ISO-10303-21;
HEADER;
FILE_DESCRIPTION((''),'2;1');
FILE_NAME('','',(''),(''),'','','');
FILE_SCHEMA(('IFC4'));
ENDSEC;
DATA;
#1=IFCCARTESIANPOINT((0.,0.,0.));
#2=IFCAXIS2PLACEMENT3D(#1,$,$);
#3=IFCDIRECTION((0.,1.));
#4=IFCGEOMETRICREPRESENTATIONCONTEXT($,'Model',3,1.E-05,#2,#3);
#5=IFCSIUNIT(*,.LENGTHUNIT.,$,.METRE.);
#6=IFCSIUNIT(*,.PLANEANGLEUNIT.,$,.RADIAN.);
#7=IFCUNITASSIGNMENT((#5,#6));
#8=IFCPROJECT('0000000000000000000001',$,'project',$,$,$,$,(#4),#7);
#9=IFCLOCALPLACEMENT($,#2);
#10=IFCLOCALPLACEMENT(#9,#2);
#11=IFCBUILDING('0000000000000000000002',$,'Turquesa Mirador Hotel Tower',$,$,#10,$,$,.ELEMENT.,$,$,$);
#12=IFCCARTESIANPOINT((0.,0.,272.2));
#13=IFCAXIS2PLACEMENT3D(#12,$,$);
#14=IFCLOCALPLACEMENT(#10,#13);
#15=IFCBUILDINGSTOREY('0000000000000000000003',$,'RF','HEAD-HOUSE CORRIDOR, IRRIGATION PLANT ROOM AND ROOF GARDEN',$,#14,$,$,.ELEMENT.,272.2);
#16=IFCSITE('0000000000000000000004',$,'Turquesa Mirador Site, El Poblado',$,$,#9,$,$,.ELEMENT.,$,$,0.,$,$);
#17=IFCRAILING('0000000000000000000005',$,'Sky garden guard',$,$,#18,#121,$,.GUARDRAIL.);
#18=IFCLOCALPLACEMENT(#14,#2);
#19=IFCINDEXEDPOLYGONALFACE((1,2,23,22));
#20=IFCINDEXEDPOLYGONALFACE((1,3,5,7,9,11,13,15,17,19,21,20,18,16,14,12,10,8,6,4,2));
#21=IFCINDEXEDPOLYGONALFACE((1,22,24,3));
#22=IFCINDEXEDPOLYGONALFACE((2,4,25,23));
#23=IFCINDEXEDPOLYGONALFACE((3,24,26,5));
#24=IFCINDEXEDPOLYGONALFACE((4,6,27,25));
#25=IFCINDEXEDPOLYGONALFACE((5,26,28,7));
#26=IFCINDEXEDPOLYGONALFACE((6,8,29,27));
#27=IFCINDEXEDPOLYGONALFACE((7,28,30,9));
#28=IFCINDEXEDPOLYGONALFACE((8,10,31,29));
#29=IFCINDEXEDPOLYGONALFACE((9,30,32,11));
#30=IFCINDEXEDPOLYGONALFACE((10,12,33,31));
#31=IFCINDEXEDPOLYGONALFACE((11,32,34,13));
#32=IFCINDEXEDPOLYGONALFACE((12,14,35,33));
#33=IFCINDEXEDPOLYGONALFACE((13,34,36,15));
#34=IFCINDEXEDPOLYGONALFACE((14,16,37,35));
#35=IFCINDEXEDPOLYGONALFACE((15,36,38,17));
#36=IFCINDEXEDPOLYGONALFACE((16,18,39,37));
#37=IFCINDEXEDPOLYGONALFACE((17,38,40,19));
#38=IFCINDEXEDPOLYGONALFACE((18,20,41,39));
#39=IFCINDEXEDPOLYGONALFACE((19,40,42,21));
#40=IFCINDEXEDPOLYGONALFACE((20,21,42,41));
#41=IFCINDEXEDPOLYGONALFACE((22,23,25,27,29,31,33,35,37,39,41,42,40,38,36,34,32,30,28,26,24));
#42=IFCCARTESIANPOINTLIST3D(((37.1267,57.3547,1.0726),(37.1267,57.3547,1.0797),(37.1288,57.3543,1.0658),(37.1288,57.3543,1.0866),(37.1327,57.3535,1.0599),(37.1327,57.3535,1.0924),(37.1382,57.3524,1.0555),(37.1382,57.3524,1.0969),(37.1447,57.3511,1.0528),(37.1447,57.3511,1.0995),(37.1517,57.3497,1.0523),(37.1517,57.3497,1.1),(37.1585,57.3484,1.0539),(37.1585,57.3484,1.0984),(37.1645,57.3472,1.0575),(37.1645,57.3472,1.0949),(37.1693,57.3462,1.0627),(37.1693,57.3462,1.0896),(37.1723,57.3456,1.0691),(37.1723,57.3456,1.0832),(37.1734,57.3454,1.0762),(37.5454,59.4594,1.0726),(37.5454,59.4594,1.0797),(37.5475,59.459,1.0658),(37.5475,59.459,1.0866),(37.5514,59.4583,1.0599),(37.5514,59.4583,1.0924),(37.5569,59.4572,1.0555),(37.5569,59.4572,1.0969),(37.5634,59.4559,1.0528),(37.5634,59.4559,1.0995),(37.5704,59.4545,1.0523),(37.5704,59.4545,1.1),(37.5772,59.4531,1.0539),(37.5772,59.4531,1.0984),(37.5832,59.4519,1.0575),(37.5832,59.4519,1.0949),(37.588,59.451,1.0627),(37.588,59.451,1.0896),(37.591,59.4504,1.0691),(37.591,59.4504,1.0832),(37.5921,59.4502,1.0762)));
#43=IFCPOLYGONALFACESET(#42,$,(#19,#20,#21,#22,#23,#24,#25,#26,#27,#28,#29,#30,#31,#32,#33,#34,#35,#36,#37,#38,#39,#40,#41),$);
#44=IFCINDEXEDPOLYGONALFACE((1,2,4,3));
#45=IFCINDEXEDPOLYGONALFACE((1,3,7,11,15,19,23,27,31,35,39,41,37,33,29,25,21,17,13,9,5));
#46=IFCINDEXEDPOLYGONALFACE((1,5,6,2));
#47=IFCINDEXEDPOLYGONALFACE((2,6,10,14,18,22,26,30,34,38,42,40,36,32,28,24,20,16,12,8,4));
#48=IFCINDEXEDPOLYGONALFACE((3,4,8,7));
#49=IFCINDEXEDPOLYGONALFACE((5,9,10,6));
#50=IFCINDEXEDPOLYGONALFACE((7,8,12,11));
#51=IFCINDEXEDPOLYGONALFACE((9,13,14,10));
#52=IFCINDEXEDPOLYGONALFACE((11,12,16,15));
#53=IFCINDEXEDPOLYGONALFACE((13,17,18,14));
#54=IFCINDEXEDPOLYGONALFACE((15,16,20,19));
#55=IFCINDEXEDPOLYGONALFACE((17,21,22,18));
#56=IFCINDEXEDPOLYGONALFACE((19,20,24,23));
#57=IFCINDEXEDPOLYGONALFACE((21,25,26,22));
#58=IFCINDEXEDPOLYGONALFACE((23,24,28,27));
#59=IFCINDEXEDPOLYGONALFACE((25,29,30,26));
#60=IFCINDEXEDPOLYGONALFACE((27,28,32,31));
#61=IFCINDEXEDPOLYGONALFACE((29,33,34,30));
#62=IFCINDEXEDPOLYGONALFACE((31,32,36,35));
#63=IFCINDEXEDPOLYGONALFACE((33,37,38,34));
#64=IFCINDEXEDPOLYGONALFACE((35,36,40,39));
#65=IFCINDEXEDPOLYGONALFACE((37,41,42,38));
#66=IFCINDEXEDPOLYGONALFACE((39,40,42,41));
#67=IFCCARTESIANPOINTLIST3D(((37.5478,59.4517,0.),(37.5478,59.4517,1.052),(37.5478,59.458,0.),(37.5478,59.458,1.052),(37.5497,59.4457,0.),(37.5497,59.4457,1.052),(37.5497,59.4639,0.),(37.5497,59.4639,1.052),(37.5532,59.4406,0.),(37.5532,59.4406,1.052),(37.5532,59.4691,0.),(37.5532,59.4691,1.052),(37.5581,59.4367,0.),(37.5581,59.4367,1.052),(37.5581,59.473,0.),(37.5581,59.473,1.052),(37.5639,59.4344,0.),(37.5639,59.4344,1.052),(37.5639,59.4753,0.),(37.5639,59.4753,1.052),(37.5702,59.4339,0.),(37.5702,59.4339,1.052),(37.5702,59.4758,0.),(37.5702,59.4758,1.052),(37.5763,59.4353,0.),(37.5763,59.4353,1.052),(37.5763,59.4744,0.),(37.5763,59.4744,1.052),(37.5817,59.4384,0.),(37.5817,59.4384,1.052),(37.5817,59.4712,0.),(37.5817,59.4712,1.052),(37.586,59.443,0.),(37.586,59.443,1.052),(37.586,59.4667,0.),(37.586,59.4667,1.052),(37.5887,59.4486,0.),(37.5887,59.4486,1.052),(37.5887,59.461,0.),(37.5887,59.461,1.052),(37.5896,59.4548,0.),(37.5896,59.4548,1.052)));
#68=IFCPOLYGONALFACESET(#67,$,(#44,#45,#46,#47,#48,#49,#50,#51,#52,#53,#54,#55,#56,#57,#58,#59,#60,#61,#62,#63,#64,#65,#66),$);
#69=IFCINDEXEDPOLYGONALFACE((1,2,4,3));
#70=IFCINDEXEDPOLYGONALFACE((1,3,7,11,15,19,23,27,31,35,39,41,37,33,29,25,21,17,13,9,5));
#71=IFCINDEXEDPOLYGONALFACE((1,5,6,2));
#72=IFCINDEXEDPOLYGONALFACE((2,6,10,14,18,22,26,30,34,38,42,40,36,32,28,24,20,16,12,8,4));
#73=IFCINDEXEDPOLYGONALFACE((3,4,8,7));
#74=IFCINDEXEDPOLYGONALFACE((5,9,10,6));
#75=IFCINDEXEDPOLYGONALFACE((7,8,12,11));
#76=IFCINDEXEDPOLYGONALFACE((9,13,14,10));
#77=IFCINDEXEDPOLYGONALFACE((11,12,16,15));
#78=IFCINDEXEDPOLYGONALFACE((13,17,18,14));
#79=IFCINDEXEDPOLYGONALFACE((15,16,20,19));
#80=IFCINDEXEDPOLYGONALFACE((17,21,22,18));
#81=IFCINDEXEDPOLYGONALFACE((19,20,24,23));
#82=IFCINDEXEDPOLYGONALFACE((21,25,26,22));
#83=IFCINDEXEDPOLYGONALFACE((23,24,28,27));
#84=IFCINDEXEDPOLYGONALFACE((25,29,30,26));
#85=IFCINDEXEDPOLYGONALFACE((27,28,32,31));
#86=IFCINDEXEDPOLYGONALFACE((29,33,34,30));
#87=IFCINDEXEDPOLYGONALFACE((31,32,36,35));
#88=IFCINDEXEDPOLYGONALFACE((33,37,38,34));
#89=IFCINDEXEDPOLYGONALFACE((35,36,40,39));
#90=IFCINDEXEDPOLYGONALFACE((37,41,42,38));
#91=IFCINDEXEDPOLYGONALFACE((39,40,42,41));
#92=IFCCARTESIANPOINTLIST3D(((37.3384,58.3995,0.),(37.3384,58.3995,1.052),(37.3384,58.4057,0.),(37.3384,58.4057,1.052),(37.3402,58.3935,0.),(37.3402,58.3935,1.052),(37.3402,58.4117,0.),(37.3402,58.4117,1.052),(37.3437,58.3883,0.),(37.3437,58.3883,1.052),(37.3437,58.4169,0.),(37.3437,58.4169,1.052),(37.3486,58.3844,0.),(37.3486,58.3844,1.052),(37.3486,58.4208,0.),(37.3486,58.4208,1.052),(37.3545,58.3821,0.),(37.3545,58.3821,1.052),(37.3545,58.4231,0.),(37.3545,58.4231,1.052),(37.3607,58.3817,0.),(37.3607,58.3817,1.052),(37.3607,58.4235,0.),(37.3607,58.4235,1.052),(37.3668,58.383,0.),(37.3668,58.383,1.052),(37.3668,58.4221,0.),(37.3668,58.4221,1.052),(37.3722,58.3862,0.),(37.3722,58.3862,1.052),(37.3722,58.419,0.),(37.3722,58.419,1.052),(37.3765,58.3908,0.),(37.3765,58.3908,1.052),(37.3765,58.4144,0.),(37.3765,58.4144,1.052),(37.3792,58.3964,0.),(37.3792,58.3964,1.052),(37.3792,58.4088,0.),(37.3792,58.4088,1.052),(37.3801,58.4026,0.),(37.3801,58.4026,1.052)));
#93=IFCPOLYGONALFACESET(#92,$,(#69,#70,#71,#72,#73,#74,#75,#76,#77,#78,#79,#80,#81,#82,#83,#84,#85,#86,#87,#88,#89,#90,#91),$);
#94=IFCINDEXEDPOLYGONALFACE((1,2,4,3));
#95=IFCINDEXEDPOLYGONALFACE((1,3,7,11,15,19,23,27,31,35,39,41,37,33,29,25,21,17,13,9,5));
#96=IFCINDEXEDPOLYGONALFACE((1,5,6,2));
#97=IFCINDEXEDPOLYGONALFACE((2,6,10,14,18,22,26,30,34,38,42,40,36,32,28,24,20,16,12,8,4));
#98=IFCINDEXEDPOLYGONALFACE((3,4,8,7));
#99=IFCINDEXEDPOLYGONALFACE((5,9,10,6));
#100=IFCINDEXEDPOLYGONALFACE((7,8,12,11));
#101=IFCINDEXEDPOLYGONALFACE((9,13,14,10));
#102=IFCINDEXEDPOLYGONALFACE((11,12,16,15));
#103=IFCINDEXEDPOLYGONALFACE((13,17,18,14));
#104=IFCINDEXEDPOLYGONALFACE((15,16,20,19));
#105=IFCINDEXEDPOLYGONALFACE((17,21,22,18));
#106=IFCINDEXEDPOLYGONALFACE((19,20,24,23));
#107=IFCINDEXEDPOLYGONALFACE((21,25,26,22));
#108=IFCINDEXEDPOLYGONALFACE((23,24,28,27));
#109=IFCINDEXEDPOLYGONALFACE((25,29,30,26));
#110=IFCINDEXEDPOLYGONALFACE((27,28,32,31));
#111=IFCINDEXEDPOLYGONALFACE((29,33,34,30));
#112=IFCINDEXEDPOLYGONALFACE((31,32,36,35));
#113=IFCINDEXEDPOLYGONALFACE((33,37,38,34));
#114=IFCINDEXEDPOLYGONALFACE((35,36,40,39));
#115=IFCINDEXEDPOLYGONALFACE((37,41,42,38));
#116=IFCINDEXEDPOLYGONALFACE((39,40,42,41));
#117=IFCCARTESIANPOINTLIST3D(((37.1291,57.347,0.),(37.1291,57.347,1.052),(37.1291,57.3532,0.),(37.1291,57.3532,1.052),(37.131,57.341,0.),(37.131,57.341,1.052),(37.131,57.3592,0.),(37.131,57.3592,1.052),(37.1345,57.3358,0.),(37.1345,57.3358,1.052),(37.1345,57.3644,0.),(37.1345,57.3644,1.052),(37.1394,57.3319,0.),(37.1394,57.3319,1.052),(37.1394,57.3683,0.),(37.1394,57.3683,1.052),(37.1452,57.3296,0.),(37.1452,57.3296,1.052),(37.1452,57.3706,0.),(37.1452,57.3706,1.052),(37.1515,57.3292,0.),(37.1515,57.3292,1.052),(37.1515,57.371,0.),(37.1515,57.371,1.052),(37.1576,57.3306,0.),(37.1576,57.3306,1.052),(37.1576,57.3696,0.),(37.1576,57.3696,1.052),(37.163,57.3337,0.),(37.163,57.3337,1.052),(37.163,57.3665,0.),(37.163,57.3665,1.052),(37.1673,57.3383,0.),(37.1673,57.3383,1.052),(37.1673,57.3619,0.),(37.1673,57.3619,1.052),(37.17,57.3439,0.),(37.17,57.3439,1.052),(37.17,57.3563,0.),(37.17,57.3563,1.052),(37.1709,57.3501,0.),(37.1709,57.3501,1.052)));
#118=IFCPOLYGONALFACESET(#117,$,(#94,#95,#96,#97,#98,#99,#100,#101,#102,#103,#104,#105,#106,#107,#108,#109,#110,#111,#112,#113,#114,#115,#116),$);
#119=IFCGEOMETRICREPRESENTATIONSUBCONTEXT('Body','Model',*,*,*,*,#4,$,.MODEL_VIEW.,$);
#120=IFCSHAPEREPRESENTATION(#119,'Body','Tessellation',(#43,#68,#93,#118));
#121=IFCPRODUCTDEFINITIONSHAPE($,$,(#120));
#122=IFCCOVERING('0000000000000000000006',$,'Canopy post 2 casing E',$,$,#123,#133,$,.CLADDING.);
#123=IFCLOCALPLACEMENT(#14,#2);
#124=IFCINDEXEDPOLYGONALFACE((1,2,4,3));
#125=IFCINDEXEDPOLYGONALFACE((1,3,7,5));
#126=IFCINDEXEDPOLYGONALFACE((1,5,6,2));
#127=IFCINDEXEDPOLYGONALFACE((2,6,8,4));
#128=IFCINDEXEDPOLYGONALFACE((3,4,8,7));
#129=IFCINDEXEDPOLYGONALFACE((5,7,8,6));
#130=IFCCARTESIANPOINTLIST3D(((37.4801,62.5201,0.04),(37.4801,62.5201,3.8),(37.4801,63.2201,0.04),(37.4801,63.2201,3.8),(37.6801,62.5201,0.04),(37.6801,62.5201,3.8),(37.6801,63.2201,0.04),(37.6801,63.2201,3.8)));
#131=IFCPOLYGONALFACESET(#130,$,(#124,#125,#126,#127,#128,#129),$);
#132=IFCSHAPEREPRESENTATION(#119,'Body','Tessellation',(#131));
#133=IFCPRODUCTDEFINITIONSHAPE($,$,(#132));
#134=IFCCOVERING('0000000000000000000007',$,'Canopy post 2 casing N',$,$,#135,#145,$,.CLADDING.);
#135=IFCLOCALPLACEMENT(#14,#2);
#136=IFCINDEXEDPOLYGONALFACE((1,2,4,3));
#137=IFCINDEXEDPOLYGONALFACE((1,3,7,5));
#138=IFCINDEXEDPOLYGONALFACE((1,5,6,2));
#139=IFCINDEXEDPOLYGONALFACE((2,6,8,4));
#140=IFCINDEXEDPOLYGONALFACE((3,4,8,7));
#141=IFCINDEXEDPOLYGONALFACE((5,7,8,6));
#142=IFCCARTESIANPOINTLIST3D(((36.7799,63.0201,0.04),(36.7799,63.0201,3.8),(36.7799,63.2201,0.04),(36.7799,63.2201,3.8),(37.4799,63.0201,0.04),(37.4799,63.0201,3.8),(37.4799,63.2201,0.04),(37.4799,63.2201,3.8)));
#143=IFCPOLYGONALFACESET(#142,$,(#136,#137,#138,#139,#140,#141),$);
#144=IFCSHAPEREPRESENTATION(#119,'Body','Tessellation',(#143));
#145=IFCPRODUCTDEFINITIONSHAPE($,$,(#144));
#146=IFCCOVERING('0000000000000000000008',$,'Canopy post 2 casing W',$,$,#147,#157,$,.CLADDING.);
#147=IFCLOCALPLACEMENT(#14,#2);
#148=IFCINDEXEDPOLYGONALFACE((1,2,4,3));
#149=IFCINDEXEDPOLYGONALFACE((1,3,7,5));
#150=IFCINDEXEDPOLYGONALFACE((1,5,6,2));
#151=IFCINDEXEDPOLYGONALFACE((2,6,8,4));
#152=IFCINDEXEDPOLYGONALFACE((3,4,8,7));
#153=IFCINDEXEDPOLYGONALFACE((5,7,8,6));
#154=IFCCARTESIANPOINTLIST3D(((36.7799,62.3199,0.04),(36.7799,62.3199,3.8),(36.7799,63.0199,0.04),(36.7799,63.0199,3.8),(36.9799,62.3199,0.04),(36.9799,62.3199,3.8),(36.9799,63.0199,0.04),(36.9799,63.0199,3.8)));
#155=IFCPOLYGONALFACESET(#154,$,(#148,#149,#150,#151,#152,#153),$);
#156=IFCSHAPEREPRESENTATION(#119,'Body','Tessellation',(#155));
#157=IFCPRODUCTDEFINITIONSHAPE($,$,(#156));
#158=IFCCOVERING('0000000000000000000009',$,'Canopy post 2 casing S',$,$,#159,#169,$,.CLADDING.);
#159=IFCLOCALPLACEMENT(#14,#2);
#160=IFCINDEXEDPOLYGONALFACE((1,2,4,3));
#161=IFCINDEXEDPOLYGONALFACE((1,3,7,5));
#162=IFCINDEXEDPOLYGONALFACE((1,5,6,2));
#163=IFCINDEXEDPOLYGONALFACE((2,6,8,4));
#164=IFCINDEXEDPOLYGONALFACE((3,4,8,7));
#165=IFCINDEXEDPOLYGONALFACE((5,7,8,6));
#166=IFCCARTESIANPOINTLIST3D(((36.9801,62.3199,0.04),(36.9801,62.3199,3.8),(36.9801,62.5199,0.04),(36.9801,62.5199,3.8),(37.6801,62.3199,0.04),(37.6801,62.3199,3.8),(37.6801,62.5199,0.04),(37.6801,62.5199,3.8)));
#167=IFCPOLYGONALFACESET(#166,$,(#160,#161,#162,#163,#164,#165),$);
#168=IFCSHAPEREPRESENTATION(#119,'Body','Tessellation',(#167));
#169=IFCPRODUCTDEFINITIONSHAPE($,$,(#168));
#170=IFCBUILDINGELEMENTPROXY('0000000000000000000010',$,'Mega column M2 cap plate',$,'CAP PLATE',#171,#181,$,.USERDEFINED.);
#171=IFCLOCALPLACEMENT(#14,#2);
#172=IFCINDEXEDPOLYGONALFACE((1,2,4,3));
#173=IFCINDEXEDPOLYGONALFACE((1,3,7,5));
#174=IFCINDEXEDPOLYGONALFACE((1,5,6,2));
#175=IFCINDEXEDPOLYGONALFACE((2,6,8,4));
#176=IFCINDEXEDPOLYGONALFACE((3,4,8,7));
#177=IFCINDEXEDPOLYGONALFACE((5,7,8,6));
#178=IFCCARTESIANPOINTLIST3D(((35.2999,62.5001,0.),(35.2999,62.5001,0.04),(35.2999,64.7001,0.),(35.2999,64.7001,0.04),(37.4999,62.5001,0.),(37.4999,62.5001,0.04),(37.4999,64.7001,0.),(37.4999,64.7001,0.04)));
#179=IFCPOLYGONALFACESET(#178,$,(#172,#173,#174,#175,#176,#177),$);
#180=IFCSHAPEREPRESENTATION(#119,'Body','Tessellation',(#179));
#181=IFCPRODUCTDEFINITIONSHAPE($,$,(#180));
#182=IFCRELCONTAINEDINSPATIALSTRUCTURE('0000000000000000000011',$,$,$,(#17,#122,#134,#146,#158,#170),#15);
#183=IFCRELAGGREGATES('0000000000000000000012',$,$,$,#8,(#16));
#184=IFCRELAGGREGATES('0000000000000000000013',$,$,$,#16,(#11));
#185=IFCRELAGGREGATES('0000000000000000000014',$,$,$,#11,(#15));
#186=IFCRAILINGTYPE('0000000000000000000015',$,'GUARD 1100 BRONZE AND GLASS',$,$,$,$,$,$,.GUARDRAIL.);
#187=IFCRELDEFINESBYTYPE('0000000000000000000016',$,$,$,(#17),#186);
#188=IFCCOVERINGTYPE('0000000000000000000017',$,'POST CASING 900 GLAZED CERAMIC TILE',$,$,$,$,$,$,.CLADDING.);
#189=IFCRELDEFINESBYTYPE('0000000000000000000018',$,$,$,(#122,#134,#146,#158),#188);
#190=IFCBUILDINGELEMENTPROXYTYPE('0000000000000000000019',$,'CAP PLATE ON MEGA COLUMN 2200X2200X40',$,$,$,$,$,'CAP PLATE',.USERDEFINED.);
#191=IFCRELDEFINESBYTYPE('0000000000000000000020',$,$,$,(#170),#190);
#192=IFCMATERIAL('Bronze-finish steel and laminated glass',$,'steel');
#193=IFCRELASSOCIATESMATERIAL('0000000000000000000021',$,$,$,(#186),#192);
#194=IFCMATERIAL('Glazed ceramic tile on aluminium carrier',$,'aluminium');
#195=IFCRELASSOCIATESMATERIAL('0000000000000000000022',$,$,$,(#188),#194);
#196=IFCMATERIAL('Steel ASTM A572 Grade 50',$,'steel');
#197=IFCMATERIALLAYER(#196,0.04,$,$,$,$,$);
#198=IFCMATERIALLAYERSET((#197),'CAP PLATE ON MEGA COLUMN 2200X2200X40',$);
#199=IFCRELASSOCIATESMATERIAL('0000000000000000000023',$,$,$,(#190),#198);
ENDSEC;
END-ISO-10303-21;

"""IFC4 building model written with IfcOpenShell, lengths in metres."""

from ifc_helpers import new_model, si_unit, direction, frame, origin, origin_2d, place, context, subcontext, project, spatial, rectangle, circle, extrude, material, layer, layer_set, type_object, element, save


model = new_model("IFC4")

# Units and contexts
model_context = context("Model", 3, precision=1e-05, world=origin(), true_north=direction((0.0, 1.0)))
body_context = subcontext(model_context, "Body", "Model", "MODEL_VIEW")
ifc_project = project(units=[si_unit("LENGTHUNIT", "METRE"), si_unit("PLANEANGLEUNIT", "RADIAN")], contexts=[model_context])

# Site, building, storey
site_placement = place(None, origin())
site = spatial("IfcSite", under=ifc_project, at=site_placement, Name="Turquesa Mirador Site, El Poblado", CompositionType="ELEMENT", RefElevation=0.0)
building_placement = place(site_placement, origin())
building = spatial("IfcBuilding", under=site, at=building_placement, Name="Turquesa Mirador Hotel Tower", CompositionType="ELEMENT")
storey_placement = place(building_placement, frame((0.0, 0.0, 272.2)))
storey = spatial("IfcBuildingStorey", under=building, at=storey_placement, Name="RF", Description="HEAD-HOUSE CORRIDOR, IRRIGATION PLANT ROOM AND ROOF GARDEN", CompositionType="ELEMENT", Elevation=272.2)

# Railing
ifc_material_1 = material(Name="Bronze-finish steel and laminated glass", Category="steel")
railing_type = type_object("IfcRailingType", Name="GUARD 1100 BRONZE AND GLASS", PredefinedType="GUARDRAIL", material=ifc_material_1)
railing_1_placement = place(storey_placement, frame((37.5686, 59.4548, 0.0)))
element("IfcRailing", 1, at=railing_1_placement, inside=storey, type_object=railing_type, Name="Sky garden guard", PredefinedType="GUARDRAIL", context=body_context, shape_type="SweptSolid", body=[
    extrude(circle(Radius=0.0239, at=origin_2d()), frame((0.0, 0.0, 1.0762), z_axis=(-0.19511, -0.980781, 0.0), x_axis=(0.980781, -0.19511, 0.0)), (0.0, 0.0, 1.0), 2.146),
    extrude(circle(Radius=0.021, at=origin_2d()), origin(), (0.0, 0.0, 1.0), 1.052),
    extrude(circle(Radius=0.021, at=origin_2d()), frame((-0.2095, -1.0522, 0.0)), (0.0, 0.0, 1.0), 1.052),
    extrude(circle(Radius=0.021, at=origin_2d()), frame((-0.4187, -2.1047, 0.0)), (0.0, 0.0, 1.0), 1.052),
])

# Coverings
ifc_material_2 = material(Name="Glazed ceramic tile on aluminium carrier", Category="aluminium")
covering_type_1 = type_object("IfcCoveringType", Name="POST CASING 900 GLAZED CERAMIC TILE", PredefinedType="CLADDING", material=ifc_material_2)
covering_1_placement = place(storey_placement, frame((37.5801, 62.8701, 0.04), z_axis=(0.0, 0.0, 1.0), x_axis=(1.0, 0.0, 0.0)))
element("IfcCovering", 2, at=covering_1_placement, inside=storey, type_object=covering_type_1, Name="Canopy post 2 casing E", PredefinedType="CLADDING", context=body_context, shape_type="SweptSolid", body=[
    extrude(rectangle(XDim=0.2, YDim=0.7, at=origin_2d()), origin(), (0.0, 0.0, 1.0), 3.76),
])
covering_2_placement = place(storey_placement, frame((37.1299, 63.1201, 0.04), z_axis=(0.0, 0.0, 1.0), x_axis=(1.0, 0.0, 0.0)))
element("IfcCovering", 3, at=covering_2_placement, inside=storey, type_object=covering_type_1, Name="Canopy post 2 casing N", PredefinedType="CLADDING", context=body_context, shape_type="SweptSolid", body=[
    extrude(rectangle(XDim=0.7, YDim=0.2, at=origin_2d()), origin(), (0.0, 0.0, 1.0), 3.76),
])
covering_3_placement = place(storey_placement, frame((36.8799, 62.6699, 0.04), z_axis=(0.0, 0.0, 1.0), x_axis=(1.0, 0.0, 0.0)))
element("IfcCovering", 4, at=covering_3_placement, inside=storey, type_object=covering_type_1, Name="Canopy post 2 casing W", PredefinedType="CLADDING", context=body_context, shape_type="SweptSolid", body=[
    extrude(rectangle(XDim=0.2, YDim=0.7, at=origin_2d()), origin(), (0.0, 0.0, 1.0), 3.76),
])
covering_4_placement = place(storey_placement, frame((37.3301, 62.4199, 0.04), z_axis=(0.0, 0.0, 1.0), x_axis=(1.0, 0.0, 0.0)))
element("IfcCovering", 5, at=covering_4_placement, inside=storey, type_object=covering_type_1, Name="Canopy post 2 casing S", PredefinedType="CLADDING", context=body_context, shape_type="SweptSolid", body=[
    extrude(rectangle(XDim=0.7, YDim=0.2, at=origin_2d()), origin(), (0.0, 0.0, 1.0), 3.76),
])

# Building element proxy
ifc_material_3 = material(Name="Steel ASTM A572 Grade 50", Category="steel")
ifc_layer = layer(ifc_material_3, 0.04)
ifc_layer_set = layer_set([ifc_layer], Name="CAP PLATE ON MEGA COLUMN 2200X2200X40")
building_element_proxy_type = type_object("IfcBuildingElementProxyType", Name="CAP PLATE ON MEGA COLUMN 2200X2200X40", ElementType="CAP PLATE", PredefinedType="USERDEFINED", material=ifc_layer_set)
proxy_placement = place(storey_placement, frame((36.3999, 63.6001, 0.0), z_axis=(0.0, 0.0, 1.0), x_axis=(1.0, 0.0, 0.0)))
element("IfcBuildingElementProxy", 6, at=proxy_placement, inside=storey, type_object=building_element_proxy_type, Name="Mega column M2 cap plate", ObjectType="CAP PLATE", PredefinedType="USERDEFINED", context=body_context, shape_type="SweptSolid", body=[
    extrude(rectangle(XDim=2.2, YDim=2.2, at=origin_2d()), origin(), (0.0, 0.0, 1.0), 0.04),
])

save(model, "model.ifc")
